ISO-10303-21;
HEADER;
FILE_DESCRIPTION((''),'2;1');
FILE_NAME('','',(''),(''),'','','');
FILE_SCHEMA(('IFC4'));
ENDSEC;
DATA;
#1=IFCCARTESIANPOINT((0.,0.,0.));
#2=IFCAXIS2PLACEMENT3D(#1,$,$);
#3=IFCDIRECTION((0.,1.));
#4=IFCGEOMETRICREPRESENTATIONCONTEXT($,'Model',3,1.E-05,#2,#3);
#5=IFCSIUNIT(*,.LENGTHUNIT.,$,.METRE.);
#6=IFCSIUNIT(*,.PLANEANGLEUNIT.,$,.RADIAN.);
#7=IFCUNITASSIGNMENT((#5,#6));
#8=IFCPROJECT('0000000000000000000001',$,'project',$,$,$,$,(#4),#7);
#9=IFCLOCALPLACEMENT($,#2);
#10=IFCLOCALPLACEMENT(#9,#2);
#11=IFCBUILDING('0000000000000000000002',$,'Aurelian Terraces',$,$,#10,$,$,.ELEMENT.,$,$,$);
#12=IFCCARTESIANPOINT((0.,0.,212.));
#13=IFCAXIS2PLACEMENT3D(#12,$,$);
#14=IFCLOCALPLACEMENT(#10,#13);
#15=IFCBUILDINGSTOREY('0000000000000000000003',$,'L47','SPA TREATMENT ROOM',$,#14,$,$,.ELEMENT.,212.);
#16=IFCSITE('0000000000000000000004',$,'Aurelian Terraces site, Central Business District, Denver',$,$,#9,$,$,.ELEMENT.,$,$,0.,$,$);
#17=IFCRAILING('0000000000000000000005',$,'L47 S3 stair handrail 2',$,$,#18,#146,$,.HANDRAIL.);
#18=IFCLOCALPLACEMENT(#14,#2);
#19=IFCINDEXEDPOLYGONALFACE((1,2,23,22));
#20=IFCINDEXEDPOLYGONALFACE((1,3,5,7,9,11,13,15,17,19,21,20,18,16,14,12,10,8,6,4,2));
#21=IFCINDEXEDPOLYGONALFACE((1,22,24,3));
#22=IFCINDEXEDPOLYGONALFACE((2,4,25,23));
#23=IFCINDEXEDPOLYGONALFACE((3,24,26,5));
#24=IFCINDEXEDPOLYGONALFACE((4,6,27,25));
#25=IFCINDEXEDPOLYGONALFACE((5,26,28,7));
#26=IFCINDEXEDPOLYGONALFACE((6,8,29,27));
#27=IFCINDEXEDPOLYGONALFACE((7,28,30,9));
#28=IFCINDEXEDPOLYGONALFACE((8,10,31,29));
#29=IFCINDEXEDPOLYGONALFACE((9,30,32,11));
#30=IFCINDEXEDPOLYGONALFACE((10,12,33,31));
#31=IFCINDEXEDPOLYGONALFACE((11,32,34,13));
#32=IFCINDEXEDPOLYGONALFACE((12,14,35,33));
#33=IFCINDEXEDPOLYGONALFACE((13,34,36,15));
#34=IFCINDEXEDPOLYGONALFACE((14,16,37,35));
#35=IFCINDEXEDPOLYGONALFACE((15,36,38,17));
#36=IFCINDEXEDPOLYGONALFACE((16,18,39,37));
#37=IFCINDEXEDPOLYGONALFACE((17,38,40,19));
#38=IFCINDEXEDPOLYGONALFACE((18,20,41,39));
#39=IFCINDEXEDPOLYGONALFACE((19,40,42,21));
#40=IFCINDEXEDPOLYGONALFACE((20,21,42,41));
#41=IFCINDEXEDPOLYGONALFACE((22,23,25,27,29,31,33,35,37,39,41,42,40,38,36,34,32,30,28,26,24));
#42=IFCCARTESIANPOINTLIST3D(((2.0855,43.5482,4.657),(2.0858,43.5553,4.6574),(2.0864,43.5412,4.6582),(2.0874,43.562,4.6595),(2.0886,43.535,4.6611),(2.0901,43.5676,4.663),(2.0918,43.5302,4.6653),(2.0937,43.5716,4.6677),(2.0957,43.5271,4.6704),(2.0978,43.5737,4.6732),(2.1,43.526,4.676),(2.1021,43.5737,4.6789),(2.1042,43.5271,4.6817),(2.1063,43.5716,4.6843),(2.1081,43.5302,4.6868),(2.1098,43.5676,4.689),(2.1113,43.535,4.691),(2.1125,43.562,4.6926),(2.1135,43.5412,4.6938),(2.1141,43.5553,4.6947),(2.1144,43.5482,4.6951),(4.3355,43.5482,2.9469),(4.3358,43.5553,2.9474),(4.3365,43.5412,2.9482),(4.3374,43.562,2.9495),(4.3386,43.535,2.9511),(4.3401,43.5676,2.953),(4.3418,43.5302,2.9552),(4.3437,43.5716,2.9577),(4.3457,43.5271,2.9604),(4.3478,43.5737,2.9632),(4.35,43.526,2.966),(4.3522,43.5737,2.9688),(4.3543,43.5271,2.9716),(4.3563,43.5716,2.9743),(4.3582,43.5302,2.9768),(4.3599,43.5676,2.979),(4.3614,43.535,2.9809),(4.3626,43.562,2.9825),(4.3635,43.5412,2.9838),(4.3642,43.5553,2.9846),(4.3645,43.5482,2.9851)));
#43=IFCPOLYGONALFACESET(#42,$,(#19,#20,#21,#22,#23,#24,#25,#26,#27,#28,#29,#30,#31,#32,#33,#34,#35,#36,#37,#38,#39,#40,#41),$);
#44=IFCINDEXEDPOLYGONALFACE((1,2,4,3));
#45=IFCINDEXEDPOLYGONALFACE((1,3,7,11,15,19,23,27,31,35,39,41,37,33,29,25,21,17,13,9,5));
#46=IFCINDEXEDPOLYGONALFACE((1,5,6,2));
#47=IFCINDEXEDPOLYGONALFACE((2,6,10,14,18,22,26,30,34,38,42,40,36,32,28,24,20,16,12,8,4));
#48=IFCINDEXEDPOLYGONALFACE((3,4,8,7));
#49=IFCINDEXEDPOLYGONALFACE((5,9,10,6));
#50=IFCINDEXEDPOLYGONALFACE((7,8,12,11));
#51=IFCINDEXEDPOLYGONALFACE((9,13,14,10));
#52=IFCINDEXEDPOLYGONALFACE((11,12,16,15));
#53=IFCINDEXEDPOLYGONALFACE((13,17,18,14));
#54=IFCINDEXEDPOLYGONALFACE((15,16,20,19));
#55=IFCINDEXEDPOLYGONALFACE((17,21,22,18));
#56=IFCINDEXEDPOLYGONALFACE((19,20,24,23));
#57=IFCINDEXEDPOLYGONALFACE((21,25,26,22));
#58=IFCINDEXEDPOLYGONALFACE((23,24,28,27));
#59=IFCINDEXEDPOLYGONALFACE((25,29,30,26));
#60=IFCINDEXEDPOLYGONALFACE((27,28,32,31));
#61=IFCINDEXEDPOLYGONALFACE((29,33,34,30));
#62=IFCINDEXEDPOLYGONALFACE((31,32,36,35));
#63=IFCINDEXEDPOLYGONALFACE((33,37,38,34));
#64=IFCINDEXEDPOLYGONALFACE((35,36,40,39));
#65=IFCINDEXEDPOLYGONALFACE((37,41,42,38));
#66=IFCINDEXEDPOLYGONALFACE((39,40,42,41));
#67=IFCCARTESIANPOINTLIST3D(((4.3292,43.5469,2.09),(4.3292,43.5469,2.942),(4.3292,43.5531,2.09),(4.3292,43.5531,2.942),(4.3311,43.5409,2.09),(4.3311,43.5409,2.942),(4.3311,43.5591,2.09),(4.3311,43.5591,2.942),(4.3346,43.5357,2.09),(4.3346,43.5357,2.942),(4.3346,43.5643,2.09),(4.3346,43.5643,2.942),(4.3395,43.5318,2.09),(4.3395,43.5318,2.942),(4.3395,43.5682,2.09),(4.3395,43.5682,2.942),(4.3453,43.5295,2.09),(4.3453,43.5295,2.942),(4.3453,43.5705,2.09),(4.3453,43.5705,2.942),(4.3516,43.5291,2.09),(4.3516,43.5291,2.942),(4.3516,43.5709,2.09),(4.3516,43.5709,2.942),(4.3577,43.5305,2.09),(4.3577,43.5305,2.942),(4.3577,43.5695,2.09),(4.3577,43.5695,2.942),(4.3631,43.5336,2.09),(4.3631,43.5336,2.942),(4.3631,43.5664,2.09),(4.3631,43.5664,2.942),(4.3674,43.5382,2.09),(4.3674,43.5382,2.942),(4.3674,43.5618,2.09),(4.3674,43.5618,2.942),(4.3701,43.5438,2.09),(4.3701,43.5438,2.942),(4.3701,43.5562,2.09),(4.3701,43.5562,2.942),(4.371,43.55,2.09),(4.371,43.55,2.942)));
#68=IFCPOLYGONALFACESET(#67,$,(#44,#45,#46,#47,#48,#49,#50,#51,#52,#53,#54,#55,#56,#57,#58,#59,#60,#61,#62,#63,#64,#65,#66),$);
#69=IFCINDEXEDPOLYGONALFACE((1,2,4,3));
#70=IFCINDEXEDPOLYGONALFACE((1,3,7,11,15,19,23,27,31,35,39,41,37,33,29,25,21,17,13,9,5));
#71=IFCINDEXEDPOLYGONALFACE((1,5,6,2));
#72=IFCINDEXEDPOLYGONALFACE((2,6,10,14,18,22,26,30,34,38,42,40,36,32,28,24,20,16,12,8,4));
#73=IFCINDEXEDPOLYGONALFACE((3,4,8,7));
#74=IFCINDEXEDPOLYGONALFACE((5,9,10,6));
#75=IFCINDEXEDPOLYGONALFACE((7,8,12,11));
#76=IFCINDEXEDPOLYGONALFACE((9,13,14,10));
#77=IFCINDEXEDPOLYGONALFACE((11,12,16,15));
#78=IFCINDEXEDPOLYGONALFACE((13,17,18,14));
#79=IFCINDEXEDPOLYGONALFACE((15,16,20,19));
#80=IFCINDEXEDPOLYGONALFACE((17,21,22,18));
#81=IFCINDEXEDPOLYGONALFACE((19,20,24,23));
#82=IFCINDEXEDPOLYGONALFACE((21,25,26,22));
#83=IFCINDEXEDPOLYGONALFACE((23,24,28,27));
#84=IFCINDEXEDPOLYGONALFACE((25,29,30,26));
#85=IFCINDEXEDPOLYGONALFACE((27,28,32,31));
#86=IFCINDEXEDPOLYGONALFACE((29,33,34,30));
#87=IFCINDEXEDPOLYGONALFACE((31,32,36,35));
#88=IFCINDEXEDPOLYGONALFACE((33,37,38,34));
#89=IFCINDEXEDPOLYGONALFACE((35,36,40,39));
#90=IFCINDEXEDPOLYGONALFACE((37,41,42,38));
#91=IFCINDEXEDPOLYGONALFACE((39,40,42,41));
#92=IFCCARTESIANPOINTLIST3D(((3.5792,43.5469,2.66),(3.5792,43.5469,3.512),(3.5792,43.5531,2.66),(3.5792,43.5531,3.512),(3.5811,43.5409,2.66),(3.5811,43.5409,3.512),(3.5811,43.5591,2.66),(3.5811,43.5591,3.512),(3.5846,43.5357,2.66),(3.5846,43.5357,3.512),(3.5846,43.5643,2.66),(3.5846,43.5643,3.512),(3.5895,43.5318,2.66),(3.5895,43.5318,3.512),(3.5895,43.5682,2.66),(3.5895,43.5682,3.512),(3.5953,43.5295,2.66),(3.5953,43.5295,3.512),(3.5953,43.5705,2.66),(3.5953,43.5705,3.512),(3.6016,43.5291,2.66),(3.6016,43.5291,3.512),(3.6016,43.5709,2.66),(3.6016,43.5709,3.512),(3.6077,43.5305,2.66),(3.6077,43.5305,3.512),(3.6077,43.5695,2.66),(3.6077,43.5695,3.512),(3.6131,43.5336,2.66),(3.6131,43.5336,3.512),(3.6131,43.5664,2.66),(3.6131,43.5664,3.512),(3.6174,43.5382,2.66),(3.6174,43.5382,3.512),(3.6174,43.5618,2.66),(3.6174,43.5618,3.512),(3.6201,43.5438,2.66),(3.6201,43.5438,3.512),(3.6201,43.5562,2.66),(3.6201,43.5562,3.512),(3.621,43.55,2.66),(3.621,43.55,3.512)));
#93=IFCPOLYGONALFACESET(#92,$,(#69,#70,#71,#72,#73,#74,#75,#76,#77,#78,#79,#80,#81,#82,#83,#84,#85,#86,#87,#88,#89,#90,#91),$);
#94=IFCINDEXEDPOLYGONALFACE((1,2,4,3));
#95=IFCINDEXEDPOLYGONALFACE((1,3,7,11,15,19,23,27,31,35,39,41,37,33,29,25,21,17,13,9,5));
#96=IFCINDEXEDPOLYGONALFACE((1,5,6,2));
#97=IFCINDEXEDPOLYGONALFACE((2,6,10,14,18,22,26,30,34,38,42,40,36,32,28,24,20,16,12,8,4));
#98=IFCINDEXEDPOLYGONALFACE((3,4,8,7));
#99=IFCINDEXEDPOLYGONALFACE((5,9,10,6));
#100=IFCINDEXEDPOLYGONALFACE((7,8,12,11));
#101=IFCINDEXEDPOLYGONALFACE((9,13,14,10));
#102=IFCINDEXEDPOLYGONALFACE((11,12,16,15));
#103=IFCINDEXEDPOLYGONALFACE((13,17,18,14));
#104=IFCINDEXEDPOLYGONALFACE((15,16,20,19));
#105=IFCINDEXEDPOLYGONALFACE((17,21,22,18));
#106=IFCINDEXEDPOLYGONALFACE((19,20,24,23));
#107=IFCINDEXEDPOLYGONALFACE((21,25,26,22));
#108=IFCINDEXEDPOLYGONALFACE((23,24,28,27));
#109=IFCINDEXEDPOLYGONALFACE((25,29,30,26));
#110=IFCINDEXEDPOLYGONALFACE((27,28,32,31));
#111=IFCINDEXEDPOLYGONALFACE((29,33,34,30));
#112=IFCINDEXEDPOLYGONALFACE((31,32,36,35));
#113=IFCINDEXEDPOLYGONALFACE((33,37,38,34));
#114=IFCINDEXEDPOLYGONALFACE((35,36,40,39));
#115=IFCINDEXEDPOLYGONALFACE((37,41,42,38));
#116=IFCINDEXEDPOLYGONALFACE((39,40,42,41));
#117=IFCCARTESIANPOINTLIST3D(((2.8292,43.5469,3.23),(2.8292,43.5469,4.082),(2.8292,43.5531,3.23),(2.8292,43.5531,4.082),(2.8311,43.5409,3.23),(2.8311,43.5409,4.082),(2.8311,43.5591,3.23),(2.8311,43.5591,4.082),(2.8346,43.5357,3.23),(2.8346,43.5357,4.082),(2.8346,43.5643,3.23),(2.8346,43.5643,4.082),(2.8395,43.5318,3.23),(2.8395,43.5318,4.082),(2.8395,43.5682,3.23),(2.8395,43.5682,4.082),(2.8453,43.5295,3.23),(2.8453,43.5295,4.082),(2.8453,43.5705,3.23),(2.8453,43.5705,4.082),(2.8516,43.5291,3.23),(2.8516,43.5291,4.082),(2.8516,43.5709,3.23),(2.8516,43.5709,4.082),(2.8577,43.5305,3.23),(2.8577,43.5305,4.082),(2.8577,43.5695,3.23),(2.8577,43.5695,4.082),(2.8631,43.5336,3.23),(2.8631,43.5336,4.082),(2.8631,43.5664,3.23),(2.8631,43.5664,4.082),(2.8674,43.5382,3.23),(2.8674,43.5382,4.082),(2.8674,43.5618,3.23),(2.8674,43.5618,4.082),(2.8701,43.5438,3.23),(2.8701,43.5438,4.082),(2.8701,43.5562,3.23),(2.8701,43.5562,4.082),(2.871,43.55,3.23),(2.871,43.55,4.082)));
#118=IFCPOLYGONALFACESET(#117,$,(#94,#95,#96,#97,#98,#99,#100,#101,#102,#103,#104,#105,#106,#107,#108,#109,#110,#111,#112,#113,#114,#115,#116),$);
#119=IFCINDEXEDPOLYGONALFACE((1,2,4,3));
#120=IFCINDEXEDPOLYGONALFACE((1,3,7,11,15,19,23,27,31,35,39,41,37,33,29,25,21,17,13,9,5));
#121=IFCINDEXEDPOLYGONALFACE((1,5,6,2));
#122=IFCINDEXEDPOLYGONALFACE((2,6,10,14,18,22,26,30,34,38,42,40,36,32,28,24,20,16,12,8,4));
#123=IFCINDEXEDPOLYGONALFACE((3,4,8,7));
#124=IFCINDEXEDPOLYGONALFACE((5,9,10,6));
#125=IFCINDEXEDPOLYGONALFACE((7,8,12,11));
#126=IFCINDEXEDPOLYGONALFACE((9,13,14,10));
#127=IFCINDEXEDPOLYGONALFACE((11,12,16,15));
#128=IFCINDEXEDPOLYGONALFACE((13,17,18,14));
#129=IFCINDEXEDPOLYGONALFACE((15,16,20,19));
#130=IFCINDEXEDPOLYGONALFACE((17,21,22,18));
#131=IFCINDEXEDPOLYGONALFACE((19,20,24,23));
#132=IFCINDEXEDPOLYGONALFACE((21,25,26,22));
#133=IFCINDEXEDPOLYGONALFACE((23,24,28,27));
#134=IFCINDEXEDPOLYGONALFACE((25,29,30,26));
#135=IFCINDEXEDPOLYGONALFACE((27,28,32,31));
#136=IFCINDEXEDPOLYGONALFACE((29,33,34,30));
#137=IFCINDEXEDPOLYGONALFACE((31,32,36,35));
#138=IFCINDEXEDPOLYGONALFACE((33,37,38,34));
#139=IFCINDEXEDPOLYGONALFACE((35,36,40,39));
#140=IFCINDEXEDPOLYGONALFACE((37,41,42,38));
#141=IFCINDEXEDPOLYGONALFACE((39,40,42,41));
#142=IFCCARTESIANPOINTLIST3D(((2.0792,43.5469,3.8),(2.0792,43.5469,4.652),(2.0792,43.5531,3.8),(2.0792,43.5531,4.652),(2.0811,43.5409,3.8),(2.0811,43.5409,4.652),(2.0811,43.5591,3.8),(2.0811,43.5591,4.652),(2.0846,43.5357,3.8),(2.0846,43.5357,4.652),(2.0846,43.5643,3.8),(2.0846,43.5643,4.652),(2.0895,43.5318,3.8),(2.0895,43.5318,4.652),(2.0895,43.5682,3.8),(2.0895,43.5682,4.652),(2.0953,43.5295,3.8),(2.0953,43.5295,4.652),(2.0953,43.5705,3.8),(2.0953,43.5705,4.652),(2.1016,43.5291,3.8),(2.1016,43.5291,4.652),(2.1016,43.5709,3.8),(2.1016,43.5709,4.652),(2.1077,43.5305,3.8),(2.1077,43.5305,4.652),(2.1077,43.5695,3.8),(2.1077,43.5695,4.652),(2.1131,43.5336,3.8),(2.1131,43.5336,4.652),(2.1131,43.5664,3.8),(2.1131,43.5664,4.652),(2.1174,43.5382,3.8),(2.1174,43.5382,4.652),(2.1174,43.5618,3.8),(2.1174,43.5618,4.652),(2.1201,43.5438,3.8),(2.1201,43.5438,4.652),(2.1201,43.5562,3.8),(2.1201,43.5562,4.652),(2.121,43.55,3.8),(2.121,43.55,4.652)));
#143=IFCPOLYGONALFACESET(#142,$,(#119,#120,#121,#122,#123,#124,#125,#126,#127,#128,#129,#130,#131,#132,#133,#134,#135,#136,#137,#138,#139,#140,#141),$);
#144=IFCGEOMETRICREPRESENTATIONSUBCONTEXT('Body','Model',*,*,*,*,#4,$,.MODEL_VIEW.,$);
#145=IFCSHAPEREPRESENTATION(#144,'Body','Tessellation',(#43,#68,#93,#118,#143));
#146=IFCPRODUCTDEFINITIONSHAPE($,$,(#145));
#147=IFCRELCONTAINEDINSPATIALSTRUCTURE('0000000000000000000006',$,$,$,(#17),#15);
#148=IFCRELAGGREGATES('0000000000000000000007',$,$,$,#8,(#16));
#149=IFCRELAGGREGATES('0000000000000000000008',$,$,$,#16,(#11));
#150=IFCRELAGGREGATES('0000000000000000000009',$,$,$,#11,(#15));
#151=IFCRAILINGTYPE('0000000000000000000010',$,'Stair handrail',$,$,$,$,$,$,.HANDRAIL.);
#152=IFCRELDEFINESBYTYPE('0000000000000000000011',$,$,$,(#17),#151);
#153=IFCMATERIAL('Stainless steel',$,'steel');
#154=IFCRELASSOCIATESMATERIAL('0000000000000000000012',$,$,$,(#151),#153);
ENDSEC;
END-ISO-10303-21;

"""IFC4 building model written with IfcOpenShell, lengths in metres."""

from ifc_helpers import new_model, si_unit, direction, frame, origin, origin_2d, place, context, subcontext, project, spatial, circle, extrude, source, transform, mapped, material, type_object, element, save


model = new_model("IFC4")

# Units and contexts
model_context = context("Model", 3, precision=1e-05, world=origin(), true_north=direction((0.0, 1.0)))
body_context = subcontext(model_context, "Body", "Model", "MODEL_VIEW")
ifc_project = project(units=[si_unit("LENGTHUNIT", "METRE"), si_unit("PLANEANGLEUNIT", "RADIAN")], contexts=[model_context])

# Site, building, storey
site_placement = place(None, origin())
site = spatial("IfcSite", under=ifc_project, at=site_placement, Name="Aurelian Terraces site, Central Business District, Denver", CompositionType="ELEMENT", RefElevation=0.0)
building_placement = place(site_placement, origin())
building = spatial("IfcBuilding", under=site, at=building_placement, Name="Aurelian Terraces", CompositionType="ELEMENT")
storey_placement = place(building_placement, frame((0.0, 0.0, 212.0)))
storey = spatial("IfcBuildingStorey", under=building, at=storey_placement, Name="L47", Description="SPA TREATMENT ROOM", CompositionType="ELEMENT", Elevation=212.0)

# Railing
ifc_material_1 = material(Name="Stainless steel", Category="steel")
railing_type = type_object("IfcRailingType", Name="Stair handrail", PredefinedType="HANDRAIL", material=ifc_material_1)
shared_shape_1 = source(origin(), body_context, "Body", "SweptSolid", [
    extrude(circle(Radius=0.024, at=origin_2d()), frame((0.0, 0.0, 0.876), z_axis=(-0.796162, 0.0, 0.605083), x_axis=(0.0, -1.0, 0.0)), (0.0, 0.0, 1.0), 2.8261),
    extrude(circle(Radius=0.021, at=origin_2d()), origin(), (0.0, 0.0, 1.0), 0.852),
    extrude(circle(Radius=0.021, at=origin_2d()), frame((-0.75, 0.0, 0.57)), (0.0, 0.0, 1.0), 0.852),
    extrude(circle(Radius=0.021, at=origin_2d()), frame((-1.5, 0.0, 1.14)), (0.0, 0.0, 1.0), 0.852),
    extrude(circle(Radius=0.021, at=origin_2d()), frame((-2.25, 0.0, 1.71)), (0.0, 0.0, 1.0), 0.852),
])
railing_placement = place(storey_placement, frame((4.35, 43.55, 2.09)))
element("IfcRailing", 1, at=railing_placement, inside=storey, type_object=railing_type, Name="L47 S3 stair handrail 2", PredefinedType="HANDRAIL", context=body_context, shape_type="MappedRepresentation", body=[
    mapped(shared_shape_1, transform((0.0, 0.0, 0.0), scale=1.0)),
])

save(model, "model.ifc")
